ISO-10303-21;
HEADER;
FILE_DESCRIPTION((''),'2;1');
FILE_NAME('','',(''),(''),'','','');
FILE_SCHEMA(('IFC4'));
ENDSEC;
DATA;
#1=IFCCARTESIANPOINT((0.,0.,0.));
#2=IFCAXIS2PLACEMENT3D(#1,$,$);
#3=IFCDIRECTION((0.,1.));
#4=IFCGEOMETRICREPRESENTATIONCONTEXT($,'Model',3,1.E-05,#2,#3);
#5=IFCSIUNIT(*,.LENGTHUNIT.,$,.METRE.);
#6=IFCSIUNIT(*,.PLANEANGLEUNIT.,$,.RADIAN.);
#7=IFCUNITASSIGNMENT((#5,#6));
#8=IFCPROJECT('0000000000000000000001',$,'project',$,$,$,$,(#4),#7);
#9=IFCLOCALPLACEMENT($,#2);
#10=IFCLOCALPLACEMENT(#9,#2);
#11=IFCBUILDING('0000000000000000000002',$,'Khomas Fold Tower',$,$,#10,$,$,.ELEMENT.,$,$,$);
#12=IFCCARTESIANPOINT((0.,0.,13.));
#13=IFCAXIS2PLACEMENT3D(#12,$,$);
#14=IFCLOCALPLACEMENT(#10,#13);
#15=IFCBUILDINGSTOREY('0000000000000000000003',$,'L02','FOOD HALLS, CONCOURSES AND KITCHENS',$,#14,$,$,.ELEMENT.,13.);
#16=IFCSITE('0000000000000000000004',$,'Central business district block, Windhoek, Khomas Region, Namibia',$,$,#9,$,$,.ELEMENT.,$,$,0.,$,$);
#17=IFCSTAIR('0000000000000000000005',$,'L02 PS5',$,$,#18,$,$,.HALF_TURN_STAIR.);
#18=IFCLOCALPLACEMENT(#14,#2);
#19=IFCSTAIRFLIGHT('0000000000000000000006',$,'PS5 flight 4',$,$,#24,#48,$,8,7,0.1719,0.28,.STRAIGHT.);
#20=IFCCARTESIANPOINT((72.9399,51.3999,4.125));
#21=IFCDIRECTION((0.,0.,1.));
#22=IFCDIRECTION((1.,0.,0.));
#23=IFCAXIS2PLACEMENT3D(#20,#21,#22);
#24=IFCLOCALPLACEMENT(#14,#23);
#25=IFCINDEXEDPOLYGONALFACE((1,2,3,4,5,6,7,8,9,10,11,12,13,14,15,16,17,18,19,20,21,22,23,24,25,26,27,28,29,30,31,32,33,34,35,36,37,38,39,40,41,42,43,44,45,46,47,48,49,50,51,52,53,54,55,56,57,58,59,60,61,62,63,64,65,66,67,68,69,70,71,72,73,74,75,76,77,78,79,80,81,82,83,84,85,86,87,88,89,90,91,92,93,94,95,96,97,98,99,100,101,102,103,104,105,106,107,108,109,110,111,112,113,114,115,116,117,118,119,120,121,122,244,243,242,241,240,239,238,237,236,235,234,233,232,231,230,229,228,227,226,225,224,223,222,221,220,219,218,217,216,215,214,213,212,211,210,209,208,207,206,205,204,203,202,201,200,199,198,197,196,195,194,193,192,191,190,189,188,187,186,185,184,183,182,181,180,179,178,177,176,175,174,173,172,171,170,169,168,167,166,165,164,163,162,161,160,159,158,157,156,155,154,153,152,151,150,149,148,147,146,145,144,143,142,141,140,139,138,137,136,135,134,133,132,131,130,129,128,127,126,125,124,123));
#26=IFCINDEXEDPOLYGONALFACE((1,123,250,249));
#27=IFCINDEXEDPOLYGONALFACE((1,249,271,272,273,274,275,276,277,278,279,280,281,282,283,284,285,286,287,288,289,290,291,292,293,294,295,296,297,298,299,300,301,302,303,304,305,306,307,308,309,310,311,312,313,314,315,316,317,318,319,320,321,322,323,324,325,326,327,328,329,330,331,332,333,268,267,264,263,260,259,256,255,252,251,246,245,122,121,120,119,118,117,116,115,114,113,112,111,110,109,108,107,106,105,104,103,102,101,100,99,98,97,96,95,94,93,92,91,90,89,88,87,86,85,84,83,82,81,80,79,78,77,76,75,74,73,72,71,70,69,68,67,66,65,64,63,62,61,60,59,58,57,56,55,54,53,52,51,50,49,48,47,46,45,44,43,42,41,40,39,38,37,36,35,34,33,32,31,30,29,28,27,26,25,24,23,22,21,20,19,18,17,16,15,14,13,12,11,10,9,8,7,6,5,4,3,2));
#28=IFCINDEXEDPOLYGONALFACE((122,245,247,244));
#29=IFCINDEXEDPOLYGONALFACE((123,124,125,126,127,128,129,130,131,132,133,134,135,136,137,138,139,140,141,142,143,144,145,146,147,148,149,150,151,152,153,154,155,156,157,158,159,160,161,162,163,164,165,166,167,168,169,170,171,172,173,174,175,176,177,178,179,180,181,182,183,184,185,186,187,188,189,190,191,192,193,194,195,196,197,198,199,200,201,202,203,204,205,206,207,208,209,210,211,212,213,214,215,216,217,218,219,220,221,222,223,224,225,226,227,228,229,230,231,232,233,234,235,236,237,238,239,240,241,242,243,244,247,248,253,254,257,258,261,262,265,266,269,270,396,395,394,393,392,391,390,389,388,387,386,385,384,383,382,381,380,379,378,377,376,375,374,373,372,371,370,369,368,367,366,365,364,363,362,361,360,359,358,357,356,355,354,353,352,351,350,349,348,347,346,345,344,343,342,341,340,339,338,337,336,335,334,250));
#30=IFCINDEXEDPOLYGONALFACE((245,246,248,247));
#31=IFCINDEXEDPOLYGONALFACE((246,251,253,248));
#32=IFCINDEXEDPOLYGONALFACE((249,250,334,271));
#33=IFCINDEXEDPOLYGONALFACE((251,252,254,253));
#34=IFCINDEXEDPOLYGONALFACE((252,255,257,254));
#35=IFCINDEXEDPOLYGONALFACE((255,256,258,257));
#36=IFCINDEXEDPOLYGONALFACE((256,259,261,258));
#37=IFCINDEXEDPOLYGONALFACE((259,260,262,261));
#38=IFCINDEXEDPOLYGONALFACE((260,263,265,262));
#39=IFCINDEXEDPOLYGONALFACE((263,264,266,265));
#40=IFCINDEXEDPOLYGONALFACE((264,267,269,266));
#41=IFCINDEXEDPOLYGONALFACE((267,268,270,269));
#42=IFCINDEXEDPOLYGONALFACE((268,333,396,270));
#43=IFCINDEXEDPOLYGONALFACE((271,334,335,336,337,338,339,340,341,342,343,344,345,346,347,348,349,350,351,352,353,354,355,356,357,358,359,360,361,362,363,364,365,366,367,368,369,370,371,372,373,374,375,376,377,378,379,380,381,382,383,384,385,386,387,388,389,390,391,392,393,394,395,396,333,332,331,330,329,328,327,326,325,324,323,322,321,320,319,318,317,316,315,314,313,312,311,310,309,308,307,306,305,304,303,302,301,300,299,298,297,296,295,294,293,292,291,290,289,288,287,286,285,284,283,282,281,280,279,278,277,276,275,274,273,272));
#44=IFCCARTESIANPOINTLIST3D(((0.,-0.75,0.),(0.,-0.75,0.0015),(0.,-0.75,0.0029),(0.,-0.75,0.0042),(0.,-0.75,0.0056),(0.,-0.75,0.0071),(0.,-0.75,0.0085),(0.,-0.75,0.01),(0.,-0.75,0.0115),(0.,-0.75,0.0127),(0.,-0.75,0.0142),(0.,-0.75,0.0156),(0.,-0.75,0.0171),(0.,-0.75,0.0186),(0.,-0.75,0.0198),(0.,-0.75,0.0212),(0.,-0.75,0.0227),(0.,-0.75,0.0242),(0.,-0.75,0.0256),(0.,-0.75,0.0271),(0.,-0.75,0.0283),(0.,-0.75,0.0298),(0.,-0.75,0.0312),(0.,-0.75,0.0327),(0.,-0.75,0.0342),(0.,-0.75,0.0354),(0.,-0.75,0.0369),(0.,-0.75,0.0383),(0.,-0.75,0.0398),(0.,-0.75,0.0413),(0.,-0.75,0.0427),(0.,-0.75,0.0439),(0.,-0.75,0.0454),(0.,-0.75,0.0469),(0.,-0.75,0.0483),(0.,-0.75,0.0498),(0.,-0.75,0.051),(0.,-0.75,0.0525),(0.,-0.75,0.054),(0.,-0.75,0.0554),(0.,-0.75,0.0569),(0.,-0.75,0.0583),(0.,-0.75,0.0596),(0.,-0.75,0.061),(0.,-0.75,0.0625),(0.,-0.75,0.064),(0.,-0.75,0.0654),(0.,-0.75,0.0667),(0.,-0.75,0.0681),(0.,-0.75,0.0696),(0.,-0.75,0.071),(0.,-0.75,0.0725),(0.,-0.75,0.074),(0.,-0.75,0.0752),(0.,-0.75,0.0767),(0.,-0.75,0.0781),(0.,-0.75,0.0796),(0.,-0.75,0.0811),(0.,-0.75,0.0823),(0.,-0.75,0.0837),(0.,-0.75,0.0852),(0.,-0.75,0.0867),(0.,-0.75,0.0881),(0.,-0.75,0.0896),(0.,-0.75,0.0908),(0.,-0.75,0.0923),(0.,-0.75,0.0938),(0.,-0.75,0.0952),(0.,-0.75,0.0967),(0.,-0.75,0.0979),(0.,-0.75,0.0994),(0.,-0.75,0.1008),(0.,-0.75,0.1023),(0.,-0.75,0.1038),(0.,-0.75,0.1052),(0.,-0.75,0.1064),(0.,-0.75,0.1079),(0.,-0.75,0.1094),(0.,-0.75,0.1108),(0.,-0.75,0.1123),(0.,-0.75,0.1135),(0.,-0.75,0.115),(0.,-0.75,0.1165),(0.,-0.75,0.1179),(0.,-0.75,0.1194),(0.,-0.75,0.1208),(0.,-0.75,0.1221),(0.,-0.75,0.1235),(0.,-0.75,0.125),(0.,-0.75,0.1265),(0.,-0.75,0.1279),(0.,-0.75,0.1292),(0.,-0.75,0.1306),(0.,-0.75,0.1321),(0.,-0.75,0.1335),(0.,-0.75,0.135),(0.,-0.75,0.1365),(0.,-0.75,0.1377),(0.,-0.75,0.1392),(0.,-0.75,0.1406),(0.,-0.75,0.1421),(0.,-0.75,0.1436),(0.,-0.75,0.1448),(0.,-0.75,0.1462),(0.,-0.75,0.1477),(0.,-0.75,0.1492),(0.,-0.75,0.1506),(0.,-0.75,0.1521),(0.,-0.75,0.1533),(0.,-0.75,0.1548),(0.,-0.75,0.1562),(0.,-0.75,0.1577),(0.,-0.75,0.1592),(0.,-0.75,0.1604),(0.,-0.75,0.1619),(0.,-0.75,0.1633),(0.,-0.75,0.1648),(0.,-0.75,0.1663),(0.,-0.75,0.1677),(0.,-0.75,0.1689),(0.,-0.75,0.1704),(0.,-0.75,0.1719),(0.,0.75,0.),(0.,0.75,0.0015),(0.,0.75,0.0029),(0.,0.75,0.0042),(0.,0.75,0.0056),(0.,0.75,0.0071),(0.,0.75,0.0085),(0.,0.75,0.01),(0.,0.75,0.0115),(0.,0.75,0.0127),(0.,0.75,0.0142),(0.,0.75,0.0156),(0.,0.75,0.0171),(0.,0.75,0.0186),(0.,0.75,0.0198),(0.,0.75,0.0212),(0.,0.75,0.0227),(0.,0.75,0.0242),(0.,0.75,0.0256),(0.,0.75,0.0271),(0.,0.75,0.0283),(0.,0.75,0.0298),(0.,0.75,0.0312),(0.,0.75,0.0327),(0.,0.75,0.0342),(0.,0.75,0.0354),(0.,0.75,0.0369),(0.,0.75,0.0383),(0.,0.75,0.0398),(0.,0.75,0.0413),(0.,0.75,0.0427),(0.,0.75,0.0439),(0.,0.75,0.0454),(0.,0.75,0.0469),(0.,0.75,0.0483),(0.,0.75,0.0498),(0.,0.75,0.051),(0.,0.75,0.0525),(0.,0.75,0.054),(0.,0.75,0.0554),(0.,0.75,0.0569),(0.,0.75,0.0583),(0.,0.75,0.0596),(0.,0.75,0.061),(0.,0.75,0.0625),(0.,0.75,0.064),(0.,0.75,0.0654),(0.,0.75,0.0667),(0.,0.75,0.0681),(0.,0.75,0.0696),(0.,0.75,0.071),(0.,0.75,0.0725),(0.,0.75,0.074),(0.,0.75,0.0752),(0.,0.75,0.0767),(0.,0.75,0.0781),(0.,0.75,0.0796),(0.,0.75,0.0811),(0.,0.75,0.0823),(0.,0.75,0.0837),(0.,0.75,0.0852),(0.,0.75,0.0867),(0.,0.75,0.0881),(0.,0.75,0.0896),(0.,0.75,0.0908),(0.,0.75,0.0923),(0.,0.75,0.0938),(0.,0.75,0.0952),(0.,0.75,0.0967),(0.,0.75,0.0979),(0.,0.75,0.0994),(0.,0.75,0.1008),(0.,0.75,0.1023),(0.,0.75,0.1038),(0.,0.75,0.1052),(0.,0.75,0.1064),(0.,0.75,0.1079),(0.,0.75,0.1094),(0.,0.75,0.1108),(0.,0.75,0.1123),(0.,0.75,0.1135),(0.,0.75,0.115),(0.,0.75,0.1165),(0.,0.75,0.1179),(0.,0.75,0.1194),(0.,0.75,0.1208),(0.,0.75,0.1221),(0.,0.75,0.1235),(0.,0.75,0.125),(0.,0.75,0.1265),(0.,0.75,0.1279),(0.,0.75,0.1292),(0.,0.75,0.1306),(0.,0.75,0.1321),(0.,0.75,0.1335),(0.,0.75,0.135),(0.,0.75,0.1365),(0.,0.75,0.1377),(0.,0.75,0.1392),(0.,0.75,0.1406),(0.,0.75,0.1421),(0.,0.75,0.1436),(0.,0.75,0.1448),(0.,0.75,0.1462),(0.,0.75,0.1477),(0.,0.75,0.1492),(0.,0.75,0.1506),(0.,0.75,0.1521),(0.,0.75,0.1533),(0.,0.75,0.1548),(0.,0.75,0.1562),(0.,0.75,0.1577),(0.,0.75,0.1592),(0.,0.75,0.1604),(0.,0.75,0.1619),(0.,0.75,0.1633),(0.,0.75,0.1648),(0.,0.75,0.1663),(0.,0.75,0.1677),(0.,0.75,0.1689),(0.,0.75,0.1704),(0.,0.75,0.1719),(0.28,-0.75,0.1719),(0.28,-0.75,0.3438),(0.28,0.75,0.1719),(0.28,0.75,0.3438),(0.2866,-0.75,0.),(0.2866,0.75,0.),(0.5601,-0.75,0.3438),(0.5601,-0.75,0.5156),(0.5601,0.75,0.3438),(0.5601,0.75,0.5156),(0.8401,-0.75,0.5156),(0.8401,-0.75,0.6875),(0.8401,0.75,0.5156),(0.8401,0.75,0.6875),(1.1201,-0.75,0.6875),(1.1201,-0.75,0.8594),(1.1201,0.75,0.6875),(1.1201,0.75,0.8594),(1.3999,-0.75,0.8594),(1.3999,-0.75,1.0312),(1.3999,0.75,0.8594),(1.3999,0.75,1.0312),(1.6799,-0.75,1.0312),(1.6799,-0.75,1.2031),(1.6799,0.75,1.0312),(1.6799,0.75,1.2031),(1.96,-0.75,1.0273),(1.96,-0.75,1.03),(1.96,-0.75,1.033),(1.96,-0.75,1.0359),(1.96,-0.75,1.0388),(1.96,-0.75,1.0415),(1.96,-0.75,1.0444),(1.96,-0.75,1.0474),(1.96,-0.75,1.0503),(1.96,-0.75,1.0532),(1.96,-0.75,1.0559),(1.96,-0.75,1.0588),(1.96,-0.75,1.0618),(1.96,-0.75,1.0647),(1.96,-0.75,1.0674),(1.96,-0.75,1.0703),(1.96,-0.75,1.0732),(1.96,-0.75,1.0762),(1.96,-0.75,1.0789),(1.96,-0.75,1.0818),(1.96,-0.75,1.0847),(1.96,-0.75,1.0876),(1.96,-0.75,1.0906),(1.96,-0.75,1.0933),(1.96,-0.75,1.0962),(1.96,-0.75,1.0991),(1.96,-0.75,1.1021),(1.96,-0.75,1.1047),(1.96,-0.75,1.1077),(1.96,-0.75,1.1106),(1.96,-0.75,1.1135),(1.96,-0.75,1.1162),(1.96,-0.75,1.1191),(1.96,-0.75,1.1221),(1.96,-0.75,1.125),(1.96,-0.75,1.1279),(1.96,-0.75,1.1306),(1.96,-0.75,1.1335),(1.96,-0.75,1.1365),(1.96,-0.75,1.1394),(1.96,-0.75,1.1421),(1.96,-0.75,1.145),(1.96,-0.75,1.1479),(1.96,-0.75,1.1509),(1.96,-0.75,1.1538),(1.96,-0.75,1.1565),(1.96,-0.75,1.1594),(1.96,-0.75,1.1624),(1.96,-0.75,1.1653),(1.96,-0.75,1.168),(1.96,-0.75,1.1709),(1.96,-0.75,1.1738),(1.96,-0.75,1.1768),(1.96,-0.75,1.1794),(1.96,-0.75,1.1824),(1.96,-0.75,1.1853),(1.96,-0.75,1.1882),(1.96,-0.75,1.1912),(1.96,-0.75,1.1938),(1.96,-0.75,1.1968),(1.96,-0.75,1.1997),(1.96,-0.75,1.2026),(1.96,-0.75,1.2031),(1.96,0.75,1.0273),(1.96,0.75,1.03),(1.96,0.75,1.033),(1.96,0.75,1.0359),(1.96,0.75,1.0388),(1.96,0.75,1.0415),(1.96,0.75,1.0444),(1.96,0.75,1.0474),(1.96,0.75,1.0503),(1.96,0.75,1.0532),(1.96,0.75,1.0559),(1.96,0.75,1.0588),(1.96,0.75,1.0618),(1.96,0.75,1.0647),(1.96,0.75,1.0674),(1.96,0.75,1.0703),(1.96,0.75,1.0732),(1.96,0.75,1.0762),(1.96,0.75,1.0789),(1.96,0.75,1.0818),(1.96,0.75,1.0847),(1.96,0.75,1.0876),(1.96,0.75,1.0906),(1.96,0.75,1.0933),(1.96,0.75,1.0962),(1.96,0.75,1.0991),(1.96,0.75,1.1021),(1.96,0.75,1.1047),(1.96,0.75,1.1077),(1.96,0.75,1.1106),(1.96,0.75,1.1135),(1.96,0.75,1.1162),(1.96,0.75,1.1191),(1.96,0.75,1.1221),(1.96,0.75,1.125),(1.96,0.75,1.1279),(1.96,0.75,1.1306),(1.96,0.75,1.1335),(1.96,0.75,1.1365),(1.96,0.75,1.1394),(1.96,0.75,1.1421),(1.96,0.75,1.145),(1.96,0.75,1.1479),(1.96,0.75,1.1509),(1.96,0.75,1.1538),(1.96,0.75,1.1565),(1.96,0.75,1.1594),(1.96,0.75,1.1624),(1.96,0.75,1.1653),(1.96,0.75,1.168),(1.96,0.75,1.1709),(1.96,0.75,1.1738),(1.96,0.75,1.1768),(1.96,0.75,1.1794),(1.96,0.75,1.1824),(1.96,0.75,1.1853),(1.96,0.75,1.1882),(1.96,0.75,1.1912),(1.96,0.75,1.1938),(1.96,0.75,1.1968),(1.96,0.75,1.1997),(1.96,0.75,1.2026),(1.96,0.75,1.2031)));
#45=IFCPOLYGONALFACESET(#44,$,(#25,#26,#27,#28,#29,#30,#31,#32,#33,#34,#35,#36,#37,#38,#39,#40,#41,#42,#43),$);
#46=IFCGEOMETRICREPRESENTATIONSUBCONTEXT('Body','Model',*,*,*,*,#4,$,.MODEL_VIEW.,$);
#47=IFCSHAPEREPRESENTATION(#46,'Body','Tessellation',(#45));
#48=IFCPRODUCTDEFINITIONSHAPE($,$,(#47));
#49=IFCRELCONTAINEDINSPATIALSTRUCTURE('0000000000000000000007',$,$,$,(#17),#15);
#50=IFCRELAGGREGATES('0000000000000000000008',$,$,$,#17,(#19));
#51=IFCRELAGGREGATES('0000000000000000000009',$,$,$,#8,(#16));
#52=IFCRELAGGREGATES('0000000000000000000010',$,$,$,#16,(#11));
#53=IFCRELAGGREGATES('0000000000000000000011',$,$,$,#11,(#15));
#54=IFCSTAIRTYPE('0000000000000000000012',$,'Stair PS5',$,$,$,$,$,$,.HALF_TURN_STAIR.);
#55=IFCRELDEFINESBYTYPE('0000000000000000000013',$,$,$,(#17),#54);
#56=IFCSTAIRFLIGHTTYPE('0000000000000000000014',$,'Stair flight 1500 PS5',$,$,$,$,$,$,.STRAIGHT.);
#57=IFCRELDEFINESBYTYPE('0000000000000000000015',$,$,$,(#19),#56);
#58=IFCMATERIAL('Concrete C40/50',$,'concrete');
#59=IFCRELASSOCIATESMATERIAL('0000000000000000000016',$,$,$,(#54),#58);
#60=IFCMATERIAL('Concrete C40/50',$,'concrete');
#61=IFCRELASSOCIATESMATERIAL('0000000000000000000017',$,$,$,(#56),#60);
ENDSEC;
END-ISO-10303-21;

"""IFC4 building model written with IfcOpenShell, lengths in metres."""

from ifc_helpers import new_model, si_unit, direction, frame, origin, place, context, subcontext, project, spatial, polyline, outline, extrude, source, transform, mapped, material, type_object, element, aggregate, save


model = new_model("IFC4")

# Units and contexts
model_context = context("Model", 3, precision=1e-05, world=origin(), true_north=direction((0.0, 1.0)))
body_context = subcontext(model_context, "Body", "Model", "MODEL_VIEW")
ifc_project = project(units=[si_unit("LENGTHUNIT", "METRE"), si_unit("PLANEANGLEUNIT", "RADIAN")], contexts=[model_context])

# Site, building, storey
site_placement = place(None, origin())
site = spatial("IfcSite", under=ifc_project, at=site_placement, Name="Central business district block, Windhoek, Khomas Region, Namibia", CompositionType="ELEMENT", RefElevation=0.0)
building_placement = place(site_placement, origin())
building = spatial("IfcBuilding", under=site, at=building_placement, Name="Khomas Fold Tower", CompositionType="ELEMENT")
storey_placement = place(building_placement, frame((0.0, 0.0, 13.0)))
storey = spatial("IfcBuildingStorey", under=building, at=storey_placement, Name="L02", Description="FOOD HALLS, CONCOURSES AND KITCHENS", CompositionType="ELEMENT", Elevation=13.0)

# Stair, stair flight
ifc_material_1 = material(Name="Concrete C40/50", Category="concrete")
stair_type_1 = type_object("IfcStairType", Name="Stair PS5", PredefinedType="HALF_TURN_STAIR", material=ifc_material_1)
stair_1_placement = place(storey_placement, origin())
stair_1 = element("IfcStair", 1, at=stair_1_placement, inside=storey, type_object=stair_type_1, Name="L02 PS5", PredefinedType="HALF_TURN_STAIR")
ifc_material_2 = material(Name="Concrete C40/50", Category="concrete")
stair_flight_type_1 = type_object("IfcStairFlightType", Name="Stair flight 1500 PS5", PredefinedType="STRAIGHT", material=ifc_material_2)
shared_shape_1 = source(origin(), body_context, "Body", "SweptSolid", [
    extrude(outline(polyline([(0.0, 0.0), (0.0, 0.0015), (0.0, 0.0029), (0.0, 0.0042), (0.0, 0.0056), (0.0, 0.0071), (0.0, 0.0085), (0.0, 0.01), (0.0, 0.0115), (0.0, 0.0127), (0.0, 0.0142), (0.0, 0.0156), (0.0, 0.0171), (0.0, 0.0186), (0.0, 0.0198), (0.0, 0.0212), (0.0, 0.0227), (0.0, 0.0242), (0.0, 0.0256), (0.0, 0.0271), (0.0, 0.0283), (0.0, 0.0298), (0.0, 0.0312), (0.0, 0.0327), (0.0, 0.0342), (0.0, 0.0354), (0.0, 0.0369), (0.0, 0.0383), (0.0, 0.0398), (0.0, 0.0413), (0.0, 0.0427), (0.0, 0.0439), (0.0, 0.0454), (0.0, 0.0469), (0.0, 0.0483), (0.0, 0.0498), (0.0, 0.051), (0.0, 0.0525), (0.0, 0.054), (0.0, 0.0554), (0.0, 0.0569), (0.0, 0.0583), (0.0, 0.0596), (0.0, 0.061), (0.0, 0.0625), (0.0, 0.064), (0.0, 0.0654), (0.0, 0.0667), (0.0, 0.0681), (0.0, 0.0696), (0.0, 0.071), (0.0, 0.0725), (0.0, 0.074), (0.0, 0.0752), (0.0, 0.0767), (0.0, 0.0781), (0.0, 0.0796), (0.0, 0.0811), (0.0, 0.0823), (0.0, 0.0837), (0.0, 0.0852), (0.0, 0.0867), (0.0, 0.0881), (0.0, 0.0896), (0.0, 0.0908), (0.0, 0.0923), (0.0, 0.0938), (0.0, 0.0952), (0.0, 0.0967), (0.0, 0.0979), (0.0, 0.0994), (0.0, 0.1008), (0.0, 0.1023), (0.0, 0.1038), (0.0, 0.1052), (0.0, 0.1064), (0.0, 0.1079), (0.0, 0.1094), (0.0, 0.1108), (0.0, 0.1123), (0.0, 0.1135), (0.0, 0.115), (0.0, 0.1165), (0.0, 0.1179), (0.0, 0.1194), (0.0, 0.1208), (0.0, 0.1221), (0.0, 0.1235), (0.0, 0.125), (0.0, 0.1265), (0.0, 0.1279), (0.0, 0.1292), (0.0, 0.1306), (0.0, 0.1321), (0.0, 0.1335), (0.0, 0.135), (0.0, 0.1365), (0.0, 0.1377), (0.0, 0.1392), (0.0, 0.1406), (0.0, 0.1421), (0.0, 0.1436), (0.0, 0.1448), (0.0, 0.1462), (0.0, 0.1477), (0.0, 0.1492), (0.0, 0.1506), (0.0, 0.1521), (0.0, 0.1533), (0.0, 0.1548), (0.0, 0.1562), (0.0, 0.1577), (0.0, 0.1592), (0.0, 0.1604), (0.0, 0.1619), (0.0, 0.1633), (0.0, 0.1648), (0.0, 0.1663), (0.0, 0.1677), (0.0, 0.1689), (0.0, 0.1704), (0.0, 0.1719), (0.28, 0.1719), (0.28, 0.3438), (0.5601, 0.3438), (0.5601, 0.5156), (0.8401, 0.5156), (0.8401, 0.6875), (1.1201, 0.6875), (1.1201, 0.8594), (1.3999, 0.8594), (1.3999, 1.0312), (1.6799, 1.0312), (1.6799, 1.2031), (1.96, 1.2031), (1.96, 1.375), (1.96, 1.3721), (1.96, 1.3691), (1.96, 1.3665), (1.96, 1.3635), (1.96, 1.3606), (1.96, 1.3577), (1.96, 1.355), (1.96, 1.3521), (1.96, 1.3491), (1.96, 1.3462), (1.96, 1.3435), (1.96, 1.3406), (1.96, 1.3376), (1.96, 1.3347), (1.96, 1.3318), (1.96, 1.3291), (1.96, 1.3262), (1.96, 1.3232), (1.96, 1.3203), (1.96, 1.3176), (1.96, 1.3147), (1.96, 1.3118), (1.96, 1.3088), (1.96, 1.3059), (1.96, 1.3032), (1.96, 1.3003), (1.96, 1.2974), (1.96, 1.2944), (1.96, 1.2917), (1.96, 1.2888), (1.96, 1.2859), (1.96, 1.283), (1.96, 1.2803), (1.96, 1.2773), (1.96, 1.2744), (1.96, 1.2715), (1.96, 1.2686), (1.96, 1.2659), (1.96, 1.2629), (1.96, 1.26), (1.96, 1.2571), (1.96, 1.2544), (1.96, 1.2515), (1.96, 1.2485), (1.96, 1.2456), (1.96, 1.2427), (1.96, 1.24), (1.96, 1.2371), (1.96, 1.2341), (1.96, 1.2312), (1.96, 1.2285), (1.96, 1.2256), (1.96, 1.2227), (1.96, 1.2197), (1.96, 1.217), (1.96, 1.2141), (1.96, 1.2112), (1.96, 1.2083), (1.96, 1.2053), (1.96, 1.2026), (1.96, 1.1997), (1.96, 1.1968), (1.96, 1.1938), (1.96, 1.1912), (1.96, 1.1882), (1.96, 1.1853), (1.96, 1.1824), (1.96, 1.1794), (1.96, 1.1768), (1.96, 1.1738), (1.96, 1.1709), (1.96, 1.168), (1.96, 1.1653), (1.96, 1.1624), (1.96, 1.1594), (1.96, 1.1565), (1.96, 1.1538), (1.96, 1.1509), (1.96, 1.1479), (1.96, 1.145), (1.96, 1.1421), (1.96, 1.1394), (1.96, 1.1365), (1.96, 1.1335), (1.96, 1.1306), (1.96, 1.1279), (1.96, 1.125), (1.96, 1.1221), (1.96, 1.1191), (1.96, 1.1162), (1.96, 1.1135), (1.96, 1.1106), (1.96, 1.1077), (1.96, 1.1047), (1.96, 1.1021), (1.96, 1.0991), (1.96, 1.0962), (1.96, 1.0933), (1.96, 1.0906), (1.96, 1.0876), (1.96, 1.0847), (1.96, 1.0818), (1.96, 1.0789), (1.96, 1.0762), (1.96, 1.0732), (1.96, 1.0703), (1.96, 1.0674), (1.96, 1.0647), (1.96, 1.0618), (1.96, 1.0588), (1.96, 1.0559), (1.96, 1.0532), (1.96, 1.0503), (1.96, 1.0474), (1.96, 1.0444), (1.96, 1.0415), (1.96, 1.0388), (1.96, 1.0359), (1.96, 1.033), (1.96, 1.03), (1.96, 1.0273), (0.2866, 0.0), (0.0, 0.0)])), frame((0.0, 0.75, 0.0), z_axis=(0.0, -1.0, 0.0), x_axis=(1.0, 0.0, 0.0)), (0.0, 0.0, 1.0), 1.5),
])
stair_flight_1_placement = place(storey_placement, frame((72.9399, 51.3999, 4.125), z_axis=(0.0, 0.0, 1.0), x_axis=(1.0, 0.0, 0.0)))
stair_flight_1 = element("IfcStairFlight", 2, at=stair_flight_1_placement, type_object=stair_flight_type_1, Name="PS5 flight 4", NumberOfRisers=8, NumberOfTreads=7, PredefinedType="STRAIGHT", RiserHeight=0.1719, TreadLength=0.28, context=body_context, shape_type="MappedRepresentation", body=[
    mapped(shared_shape_1, transform((0.0, 0.0, 0.0))),
])
aggregate(stair_1, [stair_flight_1])

save(model, "model.ifc")
